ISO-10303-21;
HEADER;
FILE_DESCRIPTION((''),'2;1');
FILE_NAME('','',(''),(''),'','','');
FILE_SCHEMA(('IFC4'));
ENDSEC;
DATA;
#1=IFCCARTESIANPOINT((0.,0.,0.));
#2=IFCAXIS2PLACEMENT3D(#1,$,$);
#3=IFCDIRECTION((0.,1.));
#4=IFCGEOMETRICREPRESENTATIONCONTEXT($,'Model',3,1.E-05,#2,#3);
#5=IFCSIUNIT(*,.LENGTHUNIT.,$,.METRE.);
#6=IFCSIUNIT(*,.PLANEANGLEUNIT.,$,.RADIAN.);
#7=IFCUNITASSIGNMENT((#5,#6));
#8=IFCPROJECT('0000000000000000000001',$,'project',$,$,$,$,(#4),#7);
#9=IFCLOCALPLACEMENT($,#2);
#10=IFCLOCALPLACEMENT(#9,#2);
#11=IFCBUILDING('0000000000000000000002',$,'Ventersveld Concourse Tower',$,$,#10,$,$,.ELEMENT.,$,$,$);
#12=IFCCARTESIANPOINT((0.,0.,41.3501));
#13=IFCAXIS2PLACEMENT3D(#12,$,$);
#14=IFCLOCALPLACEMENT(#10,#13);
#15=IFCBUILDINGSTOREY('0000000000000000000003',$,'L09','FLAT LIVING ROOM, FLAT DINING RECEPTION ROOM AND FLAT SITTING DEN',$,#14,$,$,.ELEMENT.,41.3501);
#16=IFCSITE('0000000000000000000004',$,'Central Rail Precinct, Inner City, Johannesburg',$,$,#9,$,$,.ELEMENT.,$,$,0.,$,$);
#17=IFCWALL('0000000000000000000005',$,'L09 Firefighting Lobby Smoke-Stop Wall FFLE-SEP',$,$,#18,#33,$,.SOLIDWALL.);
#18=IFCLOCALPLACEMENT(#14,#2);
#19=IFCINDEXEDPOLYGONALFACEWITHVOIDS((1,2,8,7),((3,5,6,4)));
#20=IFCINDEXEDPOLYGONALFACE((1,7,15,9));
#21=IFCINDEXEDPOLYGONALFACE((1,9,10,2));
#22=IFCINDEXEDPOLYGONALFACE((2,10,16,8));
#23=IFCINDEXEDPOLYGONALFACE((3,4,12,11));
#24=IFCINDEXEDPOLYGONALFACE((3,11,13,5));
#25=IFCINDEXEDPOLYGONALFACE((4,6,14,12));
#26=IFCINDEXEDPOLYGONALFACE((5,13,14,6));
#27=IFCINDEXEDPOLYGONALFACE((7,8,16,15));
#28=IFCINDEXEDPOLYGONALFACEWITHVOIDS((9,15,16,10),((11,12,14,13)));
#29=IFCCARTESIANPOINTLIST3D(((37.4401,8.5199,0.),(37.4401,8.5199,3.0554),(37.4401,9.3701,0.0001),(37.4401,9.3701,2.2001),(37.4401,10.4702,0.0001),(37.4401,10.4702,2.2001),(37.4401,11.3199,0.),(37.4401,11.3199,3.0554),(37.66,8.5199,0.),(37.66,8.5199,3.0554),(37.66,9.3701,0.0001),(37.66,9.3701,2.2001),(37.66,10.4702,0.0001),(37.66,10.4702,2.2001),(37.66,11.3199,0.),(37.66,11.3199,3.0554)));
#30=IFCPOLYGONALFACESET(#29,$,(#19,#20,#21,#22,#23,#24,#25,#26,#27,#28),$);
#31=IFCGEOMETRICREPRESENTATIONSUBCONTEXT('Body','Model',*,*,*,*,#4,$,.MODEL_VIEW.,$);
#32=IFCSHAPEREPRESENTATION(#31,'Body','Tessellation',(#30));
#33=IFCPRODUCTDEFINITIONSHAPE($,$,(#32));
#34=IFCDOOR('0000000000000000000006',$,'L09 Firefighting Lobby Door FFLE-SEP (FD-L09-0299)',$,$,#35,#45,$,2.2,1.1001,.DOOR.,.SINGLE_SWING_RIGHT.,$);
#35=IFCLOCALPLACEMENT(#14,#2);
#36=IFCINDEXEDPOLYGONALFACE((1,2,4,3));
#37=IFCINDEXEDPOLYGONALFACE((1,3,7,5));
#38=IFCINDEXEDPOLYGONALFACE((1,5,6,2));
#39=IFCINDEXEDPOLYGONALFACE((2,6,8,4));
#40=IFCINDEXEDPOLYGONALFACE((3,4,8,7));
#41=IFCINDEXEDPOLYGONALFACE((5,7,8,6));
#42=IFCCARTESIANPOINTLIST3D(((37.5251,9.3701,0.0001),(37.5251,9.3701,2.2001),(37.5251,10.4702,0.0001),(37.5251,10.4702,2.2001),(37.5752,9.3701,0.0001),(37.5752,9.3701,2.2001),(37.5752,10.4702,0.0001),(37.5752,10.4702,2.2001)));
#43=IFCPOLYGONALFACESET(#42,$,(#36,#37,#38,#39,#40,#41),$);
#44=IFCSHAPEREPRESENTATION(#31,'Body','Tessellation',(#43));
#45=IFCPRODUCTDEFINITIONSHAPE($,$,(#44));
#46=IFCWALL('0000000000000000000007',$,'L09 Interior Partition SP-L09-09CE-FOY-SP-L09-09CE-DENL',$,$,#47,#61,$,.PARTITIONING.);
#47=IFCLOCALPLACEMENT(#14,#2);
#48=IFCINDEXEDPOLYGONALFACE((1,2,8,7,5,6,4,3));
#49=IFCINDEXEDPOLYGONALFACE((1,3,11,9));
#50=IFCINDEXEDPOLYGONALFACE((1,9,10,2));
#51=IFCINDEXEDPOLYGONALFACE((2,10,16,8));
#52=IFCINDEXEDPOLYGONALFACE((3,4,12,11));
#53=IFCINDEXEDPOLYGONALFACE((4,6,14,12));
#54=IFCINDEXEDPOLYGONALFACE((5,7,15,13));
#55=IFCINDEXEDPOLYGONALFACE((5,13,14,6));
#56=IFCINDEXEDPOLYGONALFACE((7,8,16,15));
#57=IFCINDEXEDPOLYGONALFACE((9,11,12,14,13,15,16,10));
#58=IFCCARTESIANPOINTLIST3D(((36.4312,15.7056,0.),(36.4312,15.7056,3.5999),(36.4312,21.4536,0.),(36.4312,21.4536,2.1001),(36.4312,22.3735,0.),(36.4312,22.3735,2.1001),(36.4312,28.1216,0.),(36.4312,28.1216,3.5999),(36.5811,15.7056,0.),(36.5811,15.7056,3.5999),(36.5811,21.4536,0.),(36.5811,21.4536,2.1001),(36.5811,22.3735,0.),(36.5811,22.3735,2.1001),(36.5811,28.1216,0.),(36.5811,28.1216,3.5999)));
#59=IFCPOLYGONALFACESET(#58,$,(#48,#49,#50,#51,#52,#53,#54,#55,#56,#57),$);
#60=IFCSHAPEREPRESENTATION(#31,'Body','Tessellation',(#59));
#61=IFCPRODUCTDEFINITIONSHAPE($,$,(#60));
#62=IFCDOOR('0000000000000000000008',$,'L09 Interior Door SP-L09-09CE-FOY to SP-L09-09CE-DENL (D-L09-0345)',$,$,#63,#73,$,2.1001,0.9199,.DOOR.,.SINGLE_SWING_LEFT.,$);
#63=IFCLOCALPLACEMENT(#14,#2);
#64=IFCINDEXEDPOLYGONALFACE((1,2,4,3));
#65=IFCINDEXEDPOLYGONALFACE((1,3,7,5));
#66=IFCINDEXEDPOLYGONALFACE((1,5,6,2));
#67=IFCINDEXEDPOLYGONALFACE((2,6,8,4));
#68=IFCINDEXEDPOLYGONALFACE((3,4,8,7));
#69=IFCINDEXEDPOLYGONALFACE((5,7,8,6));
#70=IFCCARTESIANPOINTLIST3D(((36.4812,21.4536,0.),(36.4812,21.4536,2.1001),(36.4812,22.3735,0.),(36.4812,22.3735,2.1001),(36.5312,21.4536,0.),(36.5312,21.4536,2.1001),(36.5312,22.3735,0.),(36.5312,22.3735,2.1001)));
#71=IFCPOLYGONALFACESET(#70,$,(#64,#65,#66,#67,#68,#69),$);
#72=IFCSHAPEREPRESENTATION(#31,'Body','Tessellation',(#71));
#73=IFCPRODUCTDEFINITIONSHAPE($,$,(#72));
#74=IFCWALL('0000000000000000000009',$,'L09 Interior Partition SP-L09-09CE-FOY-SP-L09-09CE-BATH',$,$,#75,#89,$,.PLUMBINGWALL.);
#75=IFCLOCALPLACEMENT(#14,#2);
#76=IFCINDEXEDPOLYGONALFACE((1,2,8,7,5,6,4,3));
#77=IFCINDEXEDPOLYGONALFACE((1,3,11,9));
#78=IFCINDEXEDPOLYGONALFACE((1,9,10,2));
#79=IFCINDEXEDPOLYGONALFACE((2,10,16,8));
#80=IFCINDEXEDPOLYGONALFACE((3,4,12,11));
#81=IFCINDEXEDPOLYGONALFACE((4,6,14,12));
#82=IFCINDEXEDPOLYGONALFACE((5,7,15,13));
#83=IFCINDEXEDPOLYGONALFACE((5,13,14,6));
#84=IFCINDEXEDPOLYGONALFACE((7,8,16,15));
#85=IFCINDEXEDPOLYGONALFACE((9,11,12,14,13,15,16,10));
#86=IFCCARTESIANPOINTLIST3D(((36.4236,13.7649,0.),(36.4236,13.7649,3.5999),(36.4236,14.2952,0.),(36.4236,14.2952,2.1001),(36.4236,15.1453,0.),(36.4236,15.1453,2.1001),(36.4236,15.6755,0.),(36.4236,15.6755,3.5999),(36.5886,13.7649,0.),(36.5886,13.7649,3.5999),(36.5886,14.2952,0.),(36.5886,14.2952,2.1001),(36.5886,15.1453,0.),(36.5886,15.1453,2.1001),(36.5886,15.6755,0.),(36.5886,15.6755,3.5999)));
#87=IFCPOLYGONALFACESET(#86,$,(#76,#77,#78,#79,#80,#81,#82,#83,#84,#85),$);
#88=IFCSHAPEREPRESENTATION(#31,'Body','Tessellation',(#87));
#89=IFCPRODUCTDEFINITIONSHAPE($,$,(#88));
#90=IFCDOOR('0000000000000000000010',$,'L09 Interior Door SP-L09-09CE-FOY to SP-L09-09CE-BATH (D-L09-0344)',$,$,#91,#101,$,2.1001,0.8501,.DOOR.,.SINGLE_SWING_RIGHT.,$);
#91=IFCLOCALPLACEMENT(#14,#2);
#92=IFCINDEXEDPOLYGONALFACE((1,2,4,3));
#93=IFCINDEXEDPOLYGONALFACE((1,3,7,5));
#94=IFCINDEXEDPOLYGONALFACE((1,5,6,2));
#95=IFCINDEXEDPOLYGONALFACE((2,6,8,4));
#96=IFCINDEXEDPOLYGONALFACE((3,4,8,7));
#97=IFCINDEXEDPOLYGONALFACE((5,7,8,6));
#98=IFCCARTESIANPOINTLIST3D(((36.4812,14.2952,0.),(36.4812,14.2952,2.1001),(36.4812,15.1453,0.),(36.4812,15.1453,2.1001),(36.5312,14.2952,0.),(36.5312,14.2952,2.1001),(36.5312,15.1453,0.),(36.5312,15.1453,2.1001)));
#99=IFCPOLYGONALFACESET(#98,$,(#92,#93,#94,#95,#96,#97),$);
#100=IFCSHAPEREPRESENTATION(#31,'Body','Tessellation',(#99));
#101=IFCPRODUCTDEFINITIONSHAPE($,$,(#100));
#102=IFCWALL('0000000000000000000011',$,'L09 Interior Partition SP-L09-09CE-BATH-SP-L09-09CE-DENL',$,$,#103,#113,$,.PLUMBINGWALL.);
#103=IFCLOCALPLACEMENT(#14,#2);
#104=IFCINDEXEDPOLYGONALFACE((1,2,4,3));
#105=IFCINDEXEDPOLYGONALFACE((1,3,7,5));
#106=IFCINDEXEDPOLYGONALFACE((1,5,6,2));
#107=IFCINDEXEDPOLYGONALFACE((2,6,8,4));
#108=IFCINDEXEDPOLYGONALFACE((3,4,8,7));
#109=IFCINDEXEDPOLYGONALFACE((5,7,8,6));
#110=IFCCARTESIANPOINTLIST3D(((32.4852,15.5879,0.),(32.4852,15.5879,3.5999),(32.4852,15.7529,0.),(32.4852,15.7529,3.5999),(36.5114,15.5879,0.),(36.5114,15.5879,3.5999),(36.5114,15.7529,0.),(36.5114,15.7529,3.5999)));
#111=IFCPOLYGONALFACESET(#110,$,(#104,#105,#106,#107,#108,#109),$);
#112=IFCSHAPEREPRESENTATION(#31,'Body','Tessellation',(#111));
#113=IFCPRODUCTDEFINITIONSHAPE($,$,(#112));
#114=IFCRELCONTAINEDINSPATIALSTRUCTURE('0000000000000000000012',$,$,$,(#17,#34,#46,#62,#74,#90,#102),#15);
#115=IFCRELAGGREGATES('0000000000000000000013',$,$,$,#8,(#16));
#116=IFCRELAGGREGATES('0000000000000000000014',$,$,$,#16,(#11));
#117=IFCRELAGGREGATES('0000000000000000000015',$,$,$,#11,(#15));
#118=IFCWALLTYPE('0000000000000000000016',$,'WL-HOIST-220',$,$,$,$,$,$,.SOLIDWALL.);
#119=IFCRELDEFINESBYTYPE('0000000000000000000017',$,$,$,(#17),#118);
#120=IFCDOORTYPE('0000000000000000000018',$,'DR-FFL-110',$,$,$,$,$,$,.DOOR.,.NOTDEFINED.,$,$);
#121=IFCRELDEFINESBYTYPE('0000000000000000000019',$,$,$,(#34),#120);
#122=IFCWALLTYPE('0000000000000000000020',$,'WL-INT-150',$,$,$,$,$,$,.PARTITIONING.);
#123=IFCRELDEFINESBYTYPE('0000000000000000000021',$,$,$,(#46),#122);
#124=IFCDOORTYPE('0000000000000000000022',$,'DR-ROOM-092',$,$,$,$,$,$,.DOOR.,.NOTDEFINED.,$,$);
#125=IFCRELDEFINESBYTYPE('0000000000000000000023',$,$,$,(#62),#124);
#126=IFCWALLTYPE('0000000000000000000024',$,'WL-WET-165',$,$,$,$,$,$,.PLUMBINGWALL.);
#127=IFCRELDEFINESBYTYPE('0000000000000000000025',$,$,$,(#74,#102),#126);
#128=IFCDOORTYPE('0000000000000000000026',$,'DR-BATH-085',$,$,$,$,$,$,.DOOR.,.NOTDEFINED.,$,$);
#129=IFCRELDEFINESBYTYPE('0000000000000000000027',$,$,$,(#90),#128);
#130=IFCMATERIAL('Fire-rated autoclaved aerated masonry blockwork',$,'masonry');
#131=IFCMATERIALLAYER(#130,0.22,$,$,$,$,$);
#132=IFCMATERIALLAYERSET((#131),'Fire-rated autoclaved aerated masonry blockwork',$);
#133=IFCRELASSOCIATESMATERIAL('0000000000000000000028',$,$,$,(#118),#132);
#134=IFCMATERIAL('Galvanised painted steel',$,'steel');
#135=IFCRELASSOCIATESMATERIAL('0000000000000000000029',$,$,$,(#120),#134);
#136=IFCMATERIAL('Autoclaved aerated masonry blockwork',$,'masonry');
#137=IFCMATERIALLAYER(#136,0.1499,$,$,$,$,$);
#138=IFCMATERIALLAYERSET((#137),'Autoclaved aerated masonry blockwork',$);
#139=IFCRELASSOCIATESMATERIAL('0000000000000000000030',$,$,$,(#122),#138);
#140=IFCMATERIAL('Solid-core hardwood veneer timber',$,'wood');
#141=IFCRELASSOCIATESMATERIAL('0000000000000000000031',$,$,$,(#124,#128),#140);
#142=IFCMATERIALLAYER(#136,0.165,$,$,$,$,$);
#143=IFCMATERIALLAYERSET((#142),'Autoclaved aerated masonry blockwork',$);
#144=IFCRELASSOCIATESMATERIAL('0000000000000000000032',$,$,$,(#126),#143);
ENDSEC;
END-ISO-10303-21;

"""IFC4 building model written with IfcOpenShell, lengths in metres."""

from ifc_helpers import new_model, si_unit, direction, frame, frame_2d, origin, place, context, subcontext, project, spatial, rectangle, extrude, material, layer, layer_set, type_object, element, fill, save


model = new_model("IFC4")

# Units and contexts
model_context = context("Model", 3, precision=1e-05, world=origin(), true_north=direction((0.0, 1.0)))
body_context = subcontext(model_context, "Body", "Model", "MODEL_VIEW")
ifc_project = project(units=[si_unit("LENGTHUNIT", "METRE"), si_unit("PLANEANGLEUNIT", "RADIAN")], contexts=[model_context])

# Site, building, storey
site_placement = place(None, origin())
site = spatial("IfcSite", under=ifc_project, at=site_placement, Name="Central Rail Precinct, Inner City, Johannesburg", CompositionType="ELEMENT", RefElevation=0.0)
building_placement = place(site_placement, origin())
building = spatial("IfcBuilding", under=site, at=building_placement, Name="Ventersveld Concourse Tower", CompositionType="ELEMENT")
storey_placement = place(building_placement, frame((0.0, 0.0, 41.3501)))
storey = spatial("IfcBuildingStorey", under=building, at=storey_placement, Name="L09", Description="FLAT LIVING ROOM, FLAT DINING RECEPTION ROOM AND FLAT SITTING DEN", CompositionType="ELEMENT", Elevation=41.3501)

# Shared definitions
ifc_material_1 = material(Name="Fire-rated autoclaved aerated masonry blockwork", Category="masonry")

# Shared definitions
ifc_material_2 = material(Name="Solid-core hardwood veneer timber", Category="wood")

# Walls, openings, doors
ifc_layer_1 = layer(ifc_material_1, 0.22)
ifc_layer_set_1 = layer_set([ifc_layer_1], Name="Fire-rated autoclaved aerated masonry blockwork")
wall_type_1 = type_object("IfcWallType", Name="WL-HOIST-220", PredefinedType="SOLIDWALL", material=ifc_layer_set_1)
wall_1_placement = place(storey_placement, frame((37.55, 8.52, 0.0), z_axis=(0.0, 0.0, 1.0), x_axis=(0.0, 1.0, 0.0)))
wall_1 = element("IfcWall", 1, at=wall_1_placement, inside=storey, type_object=wall_type_1, Name="L09 Firefighting Lobby Smoke-Stop Wall FFLE-SEP", PredefinedType="SOLIDWALL", context=body_context, shape_type="SweptSolid", body=[
    extrude(rectangle(XDim=2.8, YDim=0.22, at=frame_2d((1.3999, 0.0))), origin(), (0.0, 0.0, 1.0), 3.0554),
])
opening_1_placement = place(wall_1_placement, frame((0.8501, 0.0, 0.0)))
opening_1 = element("IfcOpeningElement", 2, at=opening_1_placement, cuts=wall_1, PredefinedType="OPENING", context=body_context, shape_type="SweptSolid", body=[
    extrude(rectangle(XDim=1.1001, YDim=2.2, at=frame_2d((0.55, 1.1001))), frame((0.0, 0.1201, 0.0), z_axis=(0.0, -1.0, 0.0), x_axis=(1.0, 0.0, 0.0)), (0.0, 0.0, 1.0), 0.24),
])
ifc_material_3 = material(Name="Galvanised painted steel", Category="steel")
door_type_1 = type_object("IfcDoorType", Name="DR-FFL-110", OperationType="NOTDEFINED", PredefinedType="DOOR", material=ifc_material_3)
door_1_placement = place(opening_1_placement, origin())
door_1 = element("IfcDoor", 3, at=door_1_placement, inside=storey, type_object=door_type_1, Name="L09 Firefighting Lobby Door FFLE-SEP (FD-L09-0299)", OperationType="SINGLE_SWING_RIGHT", OverallHeight=2.2, OverallWidth=1.1001, PredefinedType="DOOR", context=body_context, shape_type="SweptSolid", body=[
    extrude(rectangle(XDim=1.1001, YDim=2.2, at=frame_2d((0.55, 1.1001))), frame((0.0, 0.0249, 0.0), z_axis=(0.0, -1.0, 0.0), x_axis=(1.0, 0.0, 0.0)), (0.0, 0.0, 1.0), 0.05),
])
fill(opening_1, door_1)
ifc_material_4 = material(Name="Autoclaved aerated masonry blockwork", Category="masonry")
ifc_layer_2 = layer(ifc_material_4, 0.1499)
ifc_layer_set_2 = layer_set([ifc_layer_2], Name="Autoclaved aerated masonry blockwork")
wall_type_2 = type_object("IfcWallType", Name="WL-INT-150", PredefinedType="PARTITIONING", material=ifc_layer_set_2)
wall_2_placement = place(storey_placement, frame((36.5061, 15.7056, 0.0), z_axis=(0.0, 0.0, 1.0), x_axis=(0.0, 1.0, 0.0)))
wall_2 = element("IfcWall", 4, at=wall_2_placement, inside=storey, type_object=wall_type_2, Name="L09 Interior Partition SP-L09-09CE-FOY-SP-L09-09CE-DENL", PredefinedType="PARTITIONING", context=body_context, shape_type="SweptSolid", body=[
    extrude(rectangle(XDim=12.416, YDim=0.1499, at=frame_2d((6.208, 0.0))), origin(), (0.0, 0.0, 1.0), 3.5999),
])
opening_2_placement = place(wall_2_placement, frame((5.748, 0.0, 0.0)))
opening_2 = element("IfcOpeningElement", 5, at=opening_2_placement, cuts=wall_2, PredefinedType="OPENING", context=body_context, shape_type="SweptSolid", body=[
    extrude(rectangle(XDim=0.9199, YDim=2.1001, at=frame_2d((0.46, 1.05))), frame((0.0, 0.085, 0.0), z_axis=(0.0, -1.0, 0.0), x_axis=(1.0, 0.0, 0.0)), (0.0, 0.0, 1.0), 0.1699),
])
door_type_2 = type_object("IfcDoorType", Name="DR-ROOM-092", OperationType="NOTDEFINED", PredefinedType="DOOR", material=ifc_material_2)
door_2_placement = place(opening_2_placement, origin())
door_2 = element("IfcDoor", 6, at=door_2_placement, inside=storey, type_object=door_type_2, Name="L09 Interior Door SP-L09-09CE-FOY to SP-L09-09CE-DENL (D-L09-0345)", OperationType="SINGLE_SWING_LEFT", OverallHeight=2.1001, OverallWidth=0.9199, PredefinedType="DOOR", context=body_context, shape_type="SweptSolid", body=[
    extrude(rectangle(XDim=0.9199, YDim=2.1001, at=frame_2d((0.46, 1.05))), frame((0.0, 0.0249, 0.0), z_axis=(0.0, -1.0, 0.0), x_axis=(1.0, 0.0, 0.0)), (0.0, 0.0, 1.0), 0.05),
])
fill(opening_2, door_2)
ifc_layer_3 = layer(ifc_material_4, 0.165)
ifc_layer_set_3 = layer_set([ifc_layer_3], Name="Autoclaved aerated masonry blockwork")
wall_type_3 = type_object("IfcWallType", Name="WL-WET-165", PredefinedType="PLUMBINGWALL", material=ifc_layer_set_3)
wall_3_placement = place(storey_placement, frame((36.5061, 13.7649, 0.0), z_axis=(0.0, 0.0, 1.0), x_axis=(0.0, 1.0, 0.0)))
wall_3 = element("IfcWall", 7, at=wall_3_placement, inside=storey, type_object=wall_type_3, Name="L09 Interior Partition SP-L09-09CE-FOY-SP-L09-09CE-BATH", PredefinedType="PLUMBINGWALL", context=body_context, shape_type="SweptSolid", body=[
    extrude(rectangle(XDim=1.9106, YDim=0.165, at=frame_2d((0.9553, 0.0))), origin(), (0.0, 0.0, 1.0), 3.5999),
])
opening_3_placement = place(wall_3_placement, frame((0.5303, 0.0, 0.0)))
opening_3 = element("IfcOpeningElement", 8, at=opening_3_placement, cuts=wall_3, PredefinedType="OPENING", context=body_context, shape_type="SweptSolid", body=[
    extrude(rectangle(XDim=0.8501, YDim=2.1001, at=frame_2d((0.425, 1.05))), frame((0.0, 0.0925, 0.0), z_axis=(0.0, -1.0, 0.0), x_axis=(1.0, 0.0, 0.0)), (0.0, 0.0, 1.0), 0.1851),
])
door_type_3 = type_object("IfcDoorType", Name="DR-BATH-085", OperationType="NOTDEFINED", PredefinedType="DOOR", material=ifc_material_2)
door_3_placement = place(opening_3_placement, origin())
door_3 = element("IfcDoor", 9, at=door_3_placement, inside=storey, type_object=door_type_3, Name="L09 Interior Door SP-L09-09CE-FOY to SP-L09-09CE-BATH (D-L09-0344)", OperationType="SINGLE_SWING_RIGHT", OverallHeight=2.1001, OverallWidth=0.8501, PredefinedType="DOOR", context=body_context, shape_type="SweptSolid", body=[
    extrude(rectangle(XDim=0.8501, YDim=2.1001, at=frame_2d((0.425, 1.05))), frame((0.0, 0.0249, 0.0), z_axis=(0.0, -1.0, 0.0), x_axis=(1.0, 0.0, 0.0)), (0.0, 0.0, 1.0), 0.05),
])
fill(opening_3, door_3)

# Wall
wall_4_placement = place(storey_placement, frame((32.4851, 15.6704, 0.0), z_axis=(0.0, 0.0, 1.0), x_axis=(1.0, 0.0, 0.0)))
element("IfcWall", 10, at=wall_4_placement, inside=storey, type_object=wall_type_3, Name="L09 Interior Partition SP-L09-09CE-BATH-SP-L09-09CE-DENL", PredefinedType="PLUMBINGWALL", context=body_context, shape_type="SweptSolid", body=[
    extrude(rectangle(XDim=4.0261, YDim=0.165, at=frame_2d((2.0132, 0.0))), origin(), (0.0, 0.0, 1.0), 3.5999),
])

save(model, "model.ifc")
